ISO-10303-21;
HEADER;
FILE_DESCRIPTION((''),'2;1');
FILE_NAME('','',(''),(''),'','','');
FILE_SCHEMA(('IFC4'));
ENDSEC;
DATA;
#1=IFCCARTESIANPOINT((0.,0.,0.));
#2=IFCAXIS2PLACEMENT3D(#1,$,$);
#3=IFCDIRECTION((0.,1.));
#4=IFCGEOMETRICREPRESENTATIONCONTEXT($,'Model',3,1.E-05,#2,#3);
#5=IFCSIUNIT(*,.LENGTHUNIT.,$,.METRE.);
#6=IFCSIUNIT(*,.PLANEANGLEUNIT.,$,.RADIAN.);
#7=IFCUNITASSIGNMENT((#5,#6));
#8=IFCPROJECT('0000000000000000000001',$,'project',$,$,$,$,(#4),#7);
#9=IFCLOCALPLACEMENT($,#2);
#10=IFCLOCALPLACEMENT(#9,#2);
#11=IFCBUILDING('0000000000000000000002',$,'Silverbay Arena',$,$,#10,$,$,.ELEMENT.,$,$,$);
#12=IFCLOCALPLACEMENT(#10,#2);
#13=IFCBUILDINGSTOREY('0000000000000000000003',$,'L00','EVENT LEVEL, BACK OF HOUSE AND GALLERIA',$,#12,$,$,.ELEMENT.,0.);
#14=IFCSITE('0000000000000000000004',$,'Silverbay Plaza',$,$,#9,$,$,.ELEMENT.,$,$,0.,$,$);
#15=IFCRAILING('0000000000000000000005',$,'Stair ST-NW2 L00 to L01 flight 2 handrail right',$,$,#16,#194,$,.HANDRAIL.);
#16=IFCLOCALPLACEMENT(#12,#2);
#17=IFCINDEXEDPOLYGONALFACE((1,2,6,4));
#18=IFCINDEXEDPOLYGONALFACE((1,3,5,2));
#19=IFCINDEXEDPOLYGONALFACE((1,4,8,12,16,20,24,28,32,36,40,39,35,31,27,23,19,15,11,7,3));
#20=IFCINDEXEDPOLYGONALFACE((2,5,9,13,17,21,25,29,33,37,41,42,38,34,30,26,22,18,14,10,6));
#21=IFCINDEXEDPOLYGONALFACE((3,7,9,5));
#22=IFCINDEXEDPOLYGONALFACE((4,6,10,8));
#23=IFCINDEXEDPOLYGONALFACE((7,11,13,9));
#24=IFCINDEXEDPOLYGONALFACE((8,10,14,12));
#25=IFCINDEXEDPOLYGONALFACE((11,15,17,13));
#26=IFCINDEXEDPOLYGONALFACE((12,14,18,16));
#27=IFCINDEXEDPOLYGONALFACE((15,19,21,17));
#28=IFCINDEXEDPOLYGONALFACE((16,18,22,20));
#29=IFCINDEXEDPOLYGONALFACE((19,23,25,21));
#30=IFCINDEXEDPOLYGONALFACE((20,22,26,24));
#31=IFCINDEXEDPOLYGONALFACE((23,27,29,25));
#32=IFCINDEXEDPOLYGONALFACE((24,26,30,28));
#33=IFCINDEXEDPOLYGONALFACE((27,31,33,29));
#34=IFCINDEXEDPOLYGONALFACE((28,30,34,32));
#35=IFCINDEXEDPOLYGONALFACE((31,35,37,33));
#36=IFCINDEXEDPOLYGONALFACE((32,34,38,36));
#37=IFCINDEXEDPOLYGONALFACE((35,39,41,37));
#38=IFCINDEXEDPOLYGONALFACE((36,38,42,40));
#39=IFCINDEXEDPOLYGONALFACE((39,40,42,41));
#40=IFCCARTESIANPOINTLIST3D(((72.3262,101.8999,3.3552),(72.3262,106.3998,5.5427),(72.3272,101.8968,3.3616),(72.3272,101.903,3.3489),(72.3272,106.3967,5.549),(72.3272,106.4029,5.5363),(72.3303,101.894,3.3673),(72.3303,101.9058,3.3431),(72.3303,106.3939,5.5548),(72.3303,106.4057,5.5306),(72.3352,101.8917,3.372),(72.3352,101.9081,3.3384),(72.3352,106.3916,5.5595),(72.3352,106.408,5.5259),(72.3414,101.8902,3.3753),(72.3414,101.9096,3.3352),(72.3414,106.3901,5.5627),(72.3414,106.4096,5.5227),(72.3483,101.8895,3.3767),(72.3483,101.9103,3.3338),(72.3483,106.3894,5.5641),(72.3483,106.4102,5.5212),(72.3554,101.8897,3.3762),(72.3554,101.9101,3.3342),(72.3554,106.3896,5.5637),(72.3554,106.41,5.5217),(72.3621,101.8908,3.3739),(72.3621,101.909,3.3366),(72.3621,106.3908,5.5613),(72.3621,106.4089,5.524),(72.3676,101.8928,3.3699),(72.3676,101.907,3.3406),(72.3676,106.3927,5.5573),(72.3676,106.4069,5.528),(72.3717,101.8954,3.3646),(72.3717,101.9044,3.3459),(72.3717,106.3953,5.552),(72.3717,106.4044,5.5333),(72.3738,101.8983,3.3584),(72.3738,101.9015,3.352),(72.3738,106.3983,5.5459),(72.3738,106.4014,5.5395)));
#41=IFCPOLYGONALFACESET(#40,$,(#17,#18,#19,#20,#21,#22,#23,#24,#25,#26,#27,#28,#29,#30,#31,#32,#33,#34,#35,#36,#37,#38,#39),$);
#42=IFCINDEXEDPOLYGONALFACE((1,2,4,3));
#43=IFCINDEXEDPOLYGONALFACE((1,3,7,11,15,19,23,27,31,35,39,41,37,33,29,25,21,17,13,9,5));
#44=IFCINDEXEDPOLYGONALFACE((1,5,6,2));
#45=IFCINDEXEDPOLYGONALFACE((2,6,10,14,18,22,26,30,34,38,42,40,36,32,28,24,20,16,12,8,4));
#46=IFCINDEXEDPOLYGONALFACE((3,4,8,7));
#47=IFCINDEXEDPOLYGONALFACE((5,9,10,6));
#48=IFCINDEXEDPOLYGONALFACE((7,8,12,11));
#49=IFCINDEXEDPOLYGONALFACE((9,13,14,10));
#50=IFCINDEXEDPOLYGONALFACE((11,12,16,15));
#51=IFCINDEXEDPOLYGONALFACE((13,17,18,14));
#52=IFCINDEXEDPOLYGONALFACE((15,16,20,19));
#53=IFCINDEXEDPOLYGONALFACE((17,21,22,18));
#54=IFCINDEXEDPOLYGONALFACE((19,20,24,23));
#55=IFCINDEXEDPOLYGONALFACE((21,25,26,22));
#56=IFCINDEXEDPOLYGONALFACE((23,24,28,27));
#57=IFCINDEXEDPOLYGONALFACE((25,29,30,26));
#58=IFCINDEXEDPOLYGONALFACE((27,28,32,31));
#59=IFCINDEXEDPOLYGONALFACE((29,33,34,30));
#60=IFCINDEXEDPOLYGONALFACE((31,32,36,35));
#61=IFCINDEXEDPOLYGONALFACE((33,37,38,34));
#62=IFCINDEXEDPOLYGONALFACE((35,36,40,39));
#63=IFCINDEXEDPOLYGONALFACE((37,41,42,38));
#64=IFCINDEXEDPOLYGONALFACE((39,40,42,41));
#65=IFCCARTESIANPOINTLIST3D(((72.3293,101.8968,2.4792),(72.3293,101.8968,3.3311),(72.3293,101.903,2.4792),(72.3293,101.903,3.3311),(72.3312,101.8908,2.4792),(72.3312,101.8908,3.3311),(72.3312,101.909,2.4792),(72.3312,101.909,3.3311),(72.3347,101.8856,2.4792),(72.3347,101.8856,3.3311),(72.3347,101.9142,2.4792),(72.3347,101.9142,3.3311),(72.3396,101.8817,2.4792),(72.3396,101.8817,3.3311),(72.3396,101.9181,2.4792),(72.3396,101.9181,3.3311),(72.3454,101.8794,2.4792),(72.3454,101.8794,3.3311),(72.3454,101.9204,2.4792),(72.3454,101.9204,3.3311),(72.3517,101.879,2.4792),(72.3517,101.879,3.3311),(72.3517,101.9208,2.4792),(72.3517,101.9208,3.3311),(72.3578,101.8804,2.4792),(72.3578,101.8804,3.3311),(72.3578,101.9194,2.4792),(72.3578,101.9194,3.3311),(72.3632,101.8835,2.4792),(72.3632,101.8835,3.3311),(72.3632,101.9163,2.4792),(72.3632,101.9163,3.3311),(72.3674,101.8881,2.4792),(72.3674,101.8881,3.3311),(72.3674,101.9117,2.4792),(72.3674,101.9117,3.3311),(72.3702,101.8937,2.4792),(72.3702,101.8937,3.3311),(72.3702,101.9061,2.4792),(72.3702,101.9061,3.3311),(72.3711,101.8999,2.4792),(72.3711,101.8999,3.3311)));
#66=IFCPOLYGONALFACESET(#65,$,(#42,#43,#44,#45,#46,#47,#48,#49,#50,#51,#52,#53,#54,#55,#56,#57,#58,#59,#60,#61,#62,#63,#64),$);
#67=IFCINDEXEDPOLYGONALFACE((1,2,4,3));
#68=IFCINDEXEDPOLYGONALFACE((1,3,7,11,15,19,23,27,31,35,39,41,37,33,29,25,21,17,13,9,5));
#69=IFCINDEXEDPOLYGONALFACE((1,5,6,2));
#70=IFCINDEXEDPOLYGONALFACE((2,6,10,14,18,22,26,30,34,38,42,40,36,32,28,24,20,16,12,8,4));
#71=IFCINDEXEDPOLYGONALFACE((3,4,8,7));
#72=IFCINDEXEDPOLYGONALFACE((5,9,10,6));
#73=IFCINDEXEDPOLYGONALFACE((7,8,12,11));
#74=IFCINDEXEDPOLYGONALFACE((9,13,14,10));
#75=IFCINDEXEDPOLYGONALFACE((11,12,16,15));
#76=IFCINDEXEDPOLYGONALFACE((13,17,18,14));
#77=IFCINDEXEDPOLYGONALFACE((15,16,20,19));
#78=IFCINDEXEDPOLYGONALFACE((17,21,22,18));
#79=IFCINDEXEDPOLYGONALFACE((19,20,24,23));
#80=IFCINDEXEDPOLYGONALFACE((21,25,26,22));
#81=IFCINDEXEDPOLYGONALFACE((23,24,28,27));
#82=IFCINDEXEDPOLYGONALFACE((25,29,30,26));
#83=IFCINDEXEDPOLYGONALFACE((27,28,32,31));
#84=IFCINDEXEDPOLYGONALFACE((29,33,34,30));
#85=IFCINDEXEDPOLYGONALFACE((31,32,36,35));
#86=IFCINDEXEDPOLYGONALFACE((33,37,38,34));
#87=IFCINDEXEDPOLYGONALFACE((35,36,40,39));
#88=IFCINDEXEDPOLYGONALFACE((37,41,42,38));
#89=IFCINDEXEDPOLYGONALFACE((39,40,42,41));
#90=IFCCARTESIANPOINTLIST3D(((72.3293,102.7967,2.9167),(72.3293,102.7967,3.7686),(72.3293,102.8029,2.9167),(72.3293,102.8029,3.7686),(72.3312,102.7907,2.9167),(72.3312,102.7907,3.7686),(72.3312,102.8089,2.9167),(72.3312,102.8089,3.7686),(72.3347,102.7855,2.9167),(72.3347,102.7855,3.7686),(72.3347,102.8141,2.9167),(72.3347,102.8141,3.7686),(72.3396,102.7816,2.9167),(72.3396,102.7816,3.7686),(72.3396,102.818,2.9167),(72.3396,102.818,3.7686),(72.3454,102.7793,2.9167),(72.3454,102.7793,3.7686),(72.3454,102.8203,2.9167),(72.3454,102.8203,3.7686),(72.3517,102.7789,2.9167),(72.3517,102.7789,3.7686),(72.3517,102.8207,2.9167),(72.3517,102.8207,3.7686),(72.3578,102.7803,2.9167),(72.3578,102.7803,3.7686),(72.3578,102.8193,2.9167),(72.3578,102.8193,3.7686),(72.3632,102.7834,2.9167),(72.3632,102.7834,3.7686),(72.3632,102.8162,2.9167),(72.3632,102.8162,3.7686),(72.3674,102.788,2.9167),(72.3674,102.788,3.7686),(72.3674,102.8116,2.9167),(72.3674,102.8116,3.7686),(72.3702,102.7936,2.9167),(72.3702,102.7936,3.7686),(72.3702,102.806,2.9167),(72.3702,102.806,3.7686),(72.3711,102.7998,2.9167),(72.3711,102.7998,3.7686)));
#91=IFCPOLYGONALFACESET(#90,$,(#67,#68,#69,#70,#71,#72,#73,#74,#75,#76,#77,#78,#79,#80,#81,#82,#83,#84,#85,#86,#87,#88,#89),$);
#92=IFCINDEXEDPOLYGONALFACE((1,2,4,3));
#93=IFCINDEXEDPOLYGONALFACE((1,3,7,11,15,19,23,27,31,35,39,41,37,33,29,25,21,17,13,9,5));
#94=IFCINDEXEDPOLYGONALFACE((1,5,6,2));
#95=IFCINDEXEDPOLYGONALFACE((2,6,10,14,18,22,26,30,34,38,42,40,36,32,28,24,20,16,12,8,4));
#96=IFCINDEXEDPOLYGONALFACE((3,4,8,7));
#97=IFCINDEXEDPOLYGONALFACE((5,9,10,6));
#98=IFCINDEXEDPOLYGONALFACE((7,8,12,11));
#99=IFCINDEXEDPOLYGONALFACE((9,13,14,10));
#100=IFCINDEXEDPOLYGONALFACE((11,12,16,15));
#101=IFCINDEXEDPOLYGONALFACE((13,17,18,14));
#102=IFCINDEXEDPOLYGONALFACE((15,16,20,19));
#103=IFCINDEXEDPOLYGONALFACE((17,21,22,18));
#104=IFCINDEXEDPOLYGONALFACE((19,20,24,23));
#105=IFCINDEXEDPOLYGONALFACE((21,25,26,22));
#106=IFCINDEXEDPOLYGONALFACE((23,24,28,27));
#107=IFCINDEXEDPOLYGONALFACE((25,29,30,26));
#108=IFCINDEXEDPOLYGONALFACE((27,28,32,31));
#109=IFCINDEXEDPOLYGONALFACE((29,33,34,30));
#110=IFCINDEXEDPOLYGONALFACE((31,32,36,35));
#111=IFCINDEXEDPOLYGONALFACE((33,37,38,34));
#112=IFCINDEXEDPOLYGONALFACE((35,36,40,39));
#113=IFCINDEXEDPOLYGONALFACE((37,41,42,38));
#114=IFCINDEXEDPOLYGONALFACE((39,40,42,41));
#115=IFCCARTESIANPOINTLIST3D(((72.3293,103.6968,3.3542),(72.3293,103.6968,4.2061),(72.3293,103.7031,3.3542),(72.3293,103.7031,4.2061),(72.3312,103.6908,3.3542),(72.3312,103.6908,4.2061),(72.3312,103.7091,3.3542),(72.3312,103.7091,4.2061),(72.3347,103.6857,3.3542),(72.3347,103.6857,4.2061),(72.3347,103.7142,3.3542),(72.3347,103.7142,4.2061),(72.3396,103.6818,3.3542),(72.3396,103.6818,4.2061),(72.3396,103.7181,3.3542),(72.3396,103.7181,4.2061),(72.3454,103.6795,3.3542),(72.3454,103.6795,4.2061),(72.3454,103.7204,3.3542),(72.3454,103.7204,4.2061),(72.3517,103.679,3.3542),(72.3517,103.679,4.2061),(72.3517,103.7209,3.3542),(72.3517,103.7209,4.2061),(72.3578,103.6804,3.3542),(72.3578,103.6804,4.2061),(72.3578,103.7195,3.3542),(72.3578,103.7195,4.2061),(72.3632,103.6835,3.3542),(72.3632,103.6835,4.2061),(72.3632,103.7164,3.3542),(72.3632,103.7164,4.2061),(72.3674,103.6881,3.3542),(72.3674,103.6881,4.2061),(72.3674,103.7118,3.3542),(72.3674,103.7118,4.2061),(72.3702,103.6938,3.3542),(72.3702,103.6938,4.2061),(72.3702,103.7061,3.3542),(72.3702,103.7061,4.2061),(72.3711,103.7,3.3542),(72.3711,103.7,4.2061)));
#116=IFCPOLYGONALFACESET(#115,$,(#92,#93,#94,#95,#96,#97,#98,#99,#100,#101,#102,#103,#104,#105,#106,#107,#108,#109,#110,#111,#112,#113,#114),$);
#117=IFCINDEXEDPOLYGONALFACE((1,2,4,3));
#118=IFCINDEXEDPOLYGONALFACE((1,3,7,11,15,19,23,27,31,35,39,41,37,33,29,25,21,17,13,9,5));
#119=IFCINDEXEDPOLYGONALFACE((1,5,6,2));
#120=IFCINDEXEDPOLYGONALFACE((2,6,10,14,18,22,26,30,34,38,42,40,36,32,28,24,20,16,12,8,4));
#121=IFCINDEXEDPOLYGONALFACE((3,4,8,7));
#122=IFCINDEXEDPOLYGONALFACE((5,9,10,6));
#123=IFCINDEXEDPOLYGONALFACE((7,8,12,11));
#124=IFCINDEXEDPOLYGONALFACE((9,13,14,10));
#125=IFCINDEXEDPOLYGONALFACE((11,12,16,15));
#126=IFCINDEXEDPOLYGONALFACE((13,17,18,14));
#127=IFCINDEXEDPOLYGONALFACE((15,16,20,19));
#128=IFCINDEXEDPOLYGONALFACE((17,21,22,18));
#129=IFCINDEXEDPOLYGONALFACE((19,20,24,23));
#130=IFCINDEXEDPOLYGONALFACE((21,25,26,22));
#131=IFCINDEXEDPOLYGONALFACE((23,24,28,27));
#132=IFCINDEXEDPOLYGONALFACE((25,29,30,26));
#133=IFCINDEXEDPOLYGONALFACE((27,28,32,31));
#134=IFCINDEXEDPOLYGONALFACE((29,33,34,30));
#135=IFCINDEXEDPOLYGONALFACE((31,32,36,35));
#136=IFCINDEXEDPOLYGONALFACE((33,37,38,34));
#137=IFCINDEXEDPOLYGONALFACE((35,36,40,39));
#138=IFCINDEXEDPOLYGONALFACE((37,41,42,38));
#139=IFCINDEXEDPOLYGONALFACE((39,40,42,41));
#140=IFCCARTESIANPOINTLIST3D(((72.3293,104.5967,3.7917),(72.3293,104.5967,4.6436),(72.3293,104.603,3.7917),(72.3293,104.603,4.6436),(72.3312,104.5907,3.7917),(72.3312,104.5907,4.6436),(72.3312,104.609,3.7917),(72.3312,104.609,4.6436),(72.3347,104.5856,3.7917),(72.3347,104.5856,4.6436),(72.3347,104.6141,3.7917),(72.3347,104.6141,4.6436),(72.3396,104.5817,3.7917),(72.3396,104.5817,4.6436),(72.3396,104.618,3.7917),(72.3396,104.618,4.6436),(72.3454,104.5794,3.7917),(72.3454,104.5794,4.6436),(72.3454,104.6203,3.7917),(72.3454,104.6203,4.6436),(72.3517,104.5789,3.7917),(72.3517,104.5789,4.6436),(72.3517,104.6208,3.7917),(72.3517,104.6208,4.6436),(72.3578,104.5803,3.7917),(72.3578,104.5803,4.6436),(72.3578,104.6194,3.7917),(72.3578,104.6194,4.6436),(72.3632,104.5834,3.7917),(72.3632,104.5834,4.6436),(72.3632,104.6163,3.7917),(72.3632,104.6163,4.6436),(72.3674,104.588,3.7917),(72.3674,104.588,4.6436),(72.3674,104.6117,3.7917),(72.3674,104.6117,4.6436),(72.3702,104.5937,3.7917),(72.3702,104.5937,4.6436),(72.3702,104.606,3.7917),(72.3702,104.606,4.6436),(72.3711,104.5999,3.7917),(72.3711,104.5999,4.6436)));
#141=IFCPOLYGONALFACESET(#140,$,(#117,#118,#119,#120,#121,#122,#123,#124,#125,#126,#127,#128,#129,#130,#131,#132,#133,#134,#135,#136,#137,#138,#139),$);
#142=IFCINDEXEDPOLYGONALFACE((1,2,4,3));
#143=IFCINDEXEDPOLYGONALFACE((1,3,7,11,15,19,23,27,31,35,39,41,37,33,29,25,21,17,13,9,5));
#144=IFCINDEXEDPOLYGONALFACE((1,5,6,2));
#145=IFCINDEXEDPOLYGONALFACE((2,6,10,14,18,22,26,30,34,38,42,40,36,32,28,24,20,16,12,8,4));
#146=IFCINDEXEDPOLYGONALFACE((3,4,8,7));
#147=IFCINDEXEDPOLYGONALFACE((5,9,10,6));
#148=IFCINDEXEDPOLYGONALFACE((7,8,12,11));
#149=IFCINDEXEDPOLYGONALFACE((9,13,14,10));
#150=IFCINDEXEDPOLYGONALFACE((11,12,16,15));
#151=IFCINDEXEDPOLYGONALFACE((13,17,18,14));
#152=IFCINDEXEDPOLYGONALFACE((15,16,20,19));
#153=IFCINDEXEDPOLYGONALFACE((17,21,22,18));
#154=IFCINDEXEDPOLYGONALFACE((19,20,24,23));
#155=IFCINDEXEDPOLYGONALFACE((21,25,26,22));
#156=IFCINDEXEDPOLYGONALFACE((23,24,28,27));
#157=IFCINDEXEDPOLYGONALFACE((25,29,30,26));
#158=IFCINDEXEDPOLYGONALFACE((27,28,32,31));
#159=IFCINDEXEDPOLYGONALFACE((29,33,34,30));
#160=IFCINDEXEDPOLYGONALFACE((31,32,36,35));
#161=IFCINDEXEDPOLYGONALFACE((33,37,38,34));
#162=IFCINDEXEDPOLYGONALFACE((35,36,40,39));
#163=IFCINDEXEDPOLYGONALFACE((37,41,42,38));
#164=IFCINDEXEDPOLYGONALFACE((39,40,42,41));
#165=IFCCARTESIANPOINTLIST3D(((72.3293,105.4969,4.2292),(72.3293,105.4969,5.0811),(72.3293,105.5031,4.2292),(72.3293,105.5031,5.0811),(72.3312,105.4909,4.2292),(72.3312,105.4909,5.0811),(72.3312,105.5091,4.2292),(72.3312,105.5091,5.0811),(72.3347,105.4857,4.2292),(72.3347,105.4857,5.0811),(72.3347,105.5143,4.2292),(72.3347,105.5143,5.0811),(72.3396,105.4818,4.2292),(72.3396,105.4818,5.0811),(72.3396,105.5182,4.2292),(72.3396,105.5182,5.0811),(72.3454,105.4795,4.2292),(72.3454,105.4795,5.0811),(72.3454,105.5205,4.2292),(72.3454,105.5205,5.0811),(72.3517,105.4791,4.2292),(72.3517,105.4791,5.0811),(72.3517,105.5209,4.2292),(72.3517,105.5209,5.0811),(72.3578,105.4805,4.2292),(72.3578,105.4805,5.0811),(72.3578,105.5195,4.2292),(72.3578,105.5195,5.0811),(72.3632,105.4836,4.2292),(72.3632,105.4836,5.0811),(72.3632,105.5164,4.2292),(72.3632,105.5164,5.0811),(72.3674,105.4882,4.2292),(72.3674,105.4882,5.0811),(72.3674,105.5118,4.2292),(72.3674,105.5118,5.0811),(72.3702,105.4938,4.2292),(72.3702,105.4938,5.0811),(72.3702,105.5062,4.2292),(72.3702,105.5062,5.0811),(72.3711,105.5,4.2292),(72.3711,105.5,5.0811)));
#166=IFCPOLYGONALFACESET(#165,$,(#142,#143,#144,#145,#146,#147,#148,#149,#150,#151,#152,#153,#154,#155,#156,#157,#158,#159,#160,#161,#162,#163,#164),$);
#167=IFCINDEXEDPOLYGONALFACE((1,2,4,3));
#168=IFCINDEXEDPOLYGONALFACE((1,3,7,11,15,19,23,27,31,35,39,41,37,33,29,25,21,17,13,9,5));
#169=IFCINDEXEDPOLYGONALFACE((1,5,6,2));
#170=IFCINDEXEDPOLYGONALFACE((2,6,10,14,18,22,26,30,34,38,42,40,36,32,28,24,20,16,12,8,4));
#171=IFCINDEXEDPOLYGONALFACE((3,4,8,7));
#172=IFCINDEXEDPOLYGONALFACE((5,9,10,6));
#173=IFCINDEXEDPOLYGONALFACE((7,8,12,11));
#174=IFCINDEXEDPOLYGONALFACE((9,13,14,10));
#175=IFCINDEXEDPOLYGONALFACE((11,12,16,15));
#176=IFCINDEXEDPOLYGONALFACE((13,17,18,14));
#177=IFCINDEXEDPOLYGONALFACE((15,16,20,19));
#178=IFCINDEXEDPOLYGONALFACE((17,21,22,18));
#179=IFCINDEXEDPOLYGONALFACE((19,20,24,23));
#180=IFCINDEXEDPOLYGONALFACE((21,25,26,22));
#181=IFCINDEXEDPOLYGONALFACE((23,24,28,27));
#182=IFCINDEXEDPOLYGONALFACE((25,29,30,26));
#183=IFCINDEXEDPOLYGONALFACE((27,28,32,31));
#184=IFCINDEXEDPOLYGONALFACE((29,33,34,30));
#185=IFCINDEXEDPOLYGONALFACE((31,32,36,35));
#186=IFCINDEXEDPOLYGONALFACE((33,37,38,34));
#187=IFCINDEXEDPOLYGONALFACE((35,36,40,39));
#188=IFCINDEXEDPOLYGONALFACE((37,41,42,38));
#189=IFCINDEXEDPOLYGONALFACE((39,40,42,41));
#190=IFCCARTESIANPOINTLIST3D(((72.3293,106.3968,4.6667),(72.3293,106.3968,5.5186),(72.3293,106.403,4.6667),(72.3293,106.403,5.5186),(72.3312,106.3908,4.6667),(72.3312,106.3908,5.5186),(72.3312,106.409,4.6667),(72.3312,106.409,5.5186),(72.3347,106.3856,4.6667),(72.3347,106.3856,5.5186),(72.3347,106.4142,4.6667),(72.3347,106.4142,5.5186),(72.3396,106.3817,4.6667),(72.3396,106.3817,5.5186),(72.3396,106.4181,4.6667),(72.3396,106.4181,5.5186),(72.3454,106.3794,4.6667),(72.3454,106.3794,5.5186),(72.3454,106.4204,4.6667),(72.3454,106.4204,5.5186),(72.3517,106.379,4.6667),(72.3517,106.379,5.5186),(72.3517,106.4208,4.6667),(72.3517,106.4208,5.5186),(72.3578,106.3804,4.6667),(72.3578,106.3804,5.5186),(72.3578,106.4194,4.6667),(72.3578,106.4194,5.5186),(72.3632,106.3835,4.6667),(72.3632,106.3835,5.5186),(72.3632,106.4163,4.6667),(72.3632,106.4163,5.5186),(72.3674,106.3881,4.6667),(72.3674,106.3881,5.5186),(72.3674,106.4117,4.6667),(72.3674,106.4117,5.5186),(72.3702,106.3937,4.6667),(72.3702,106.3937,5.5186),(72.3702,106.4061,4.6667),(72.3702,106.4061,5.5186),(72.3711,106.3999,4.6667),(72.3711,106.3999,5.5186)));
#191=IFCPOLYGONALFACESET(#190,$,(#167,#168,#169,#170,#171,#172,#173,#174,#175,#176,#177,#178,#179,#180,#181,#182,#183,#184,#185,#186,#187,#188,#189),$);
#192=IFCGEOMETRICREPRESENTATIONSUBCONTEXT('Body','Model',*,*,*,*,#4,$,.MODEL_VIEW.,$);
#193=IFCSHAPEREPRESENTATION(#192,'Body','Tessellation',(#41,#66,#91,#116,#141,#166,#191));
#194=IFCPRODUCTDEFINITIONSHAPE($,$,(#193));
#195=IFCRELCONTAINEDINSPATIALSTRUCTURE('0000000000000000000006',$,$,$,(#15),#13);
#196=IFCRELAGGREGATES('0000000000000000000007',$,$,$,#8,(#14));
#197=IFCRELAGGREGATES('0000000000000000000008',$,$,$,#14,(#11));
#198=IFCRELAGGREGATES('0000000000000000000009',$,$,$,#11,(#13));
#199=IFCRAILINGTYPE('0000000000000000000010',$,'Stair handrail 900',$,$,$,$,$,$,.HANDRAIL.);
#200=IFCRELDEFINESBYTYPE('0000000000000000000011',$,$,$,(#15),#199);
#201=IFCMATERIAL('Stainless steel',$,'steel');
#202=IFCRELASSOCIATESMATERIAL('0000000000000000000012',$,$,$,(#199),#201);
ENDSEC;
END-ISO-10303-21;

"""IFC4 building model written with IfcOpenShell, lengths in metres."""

from ifc_helpers import new_model, si_unit, direction, frame, origin, origin_2d, place, context, subcontext, project, spatial, circle, extrude, material, type_object, element, save


model = new_model("IFC4")

# Units and contexts
model_context = context("Model", 3, precision=1e-05, world=origin(), true_north=direction((0.0, 1.0)))
body_context = subcontext(model_context, "Body", "Model", "MODEL_VIEW")
ifc_project = project(units=[si_unit("LENGTHUNIT", "METRE"), si_unit("PLANEANGLEUNIT", "RADIAN")], contexts=[model_context])

# Site, building, storey
site_placement = place(None, origin())
site = spatial("IfcSite", under=ifc_project, at=site_placement, Name="Silverbay Plaza", CompositionType="ELEMENT", RefElevation=0.0)
building_placement = place(site_placement, origin())
building = spatial("IfcBuilding", under=site, at=building_placement, Name="Silverbay Arena", CompositionType="ELEMENT")
storey_placement = place(building_placement, origin())
storey = spatial("IfcBuildingStorey", under=building, at=storey_placement, Name="L00", Description="EVENT LEVEL, BACK OF HOUSE AND GALLERIA", CompositionType="ELEMENT", Elevation=0.0)

# Railing
ifc_material_1 = material(Name="Stainless steel", Category="steel")
railing_type_1 = type_object("IfcRailingType", Name="Stair handrail 900", PredefinedType="HANDRAIL", material=ifc_material_1)
for number, where, name in (
    (1, (72.3501, 101.8999, 2.4792), "Stair ST-NW2 L00 to L01 flight 2 handrail right"),
):
    element("IfcRailing", number, at=place(storey_placement, frame(where)), inside=storey, type_object=railing_type_1, Name=name, PredefinedType="HANDRAIL", context=body_context, shape_type="SweptSolid", body=[
        extrude(circle(Radius=0.0239, at=origin_2d()), frame((0.0, 0.0, 0.876), z_axis=(0.0, 0.899368, 0.437193), x_axis=(-1.0, 0.0, 0.0)), (0.0, 0.0, 1.0), 5.0034),
        extrude(circle(Radius=0.021, at=origin_2d()), origin(), (0.0, 0.0, 1.0), 0.8518),
        extrude(circle(Radius=0.021, at=origin_2d()), frame((0.0, 0.8999, 0.4375)), (0.0, 0.0, 1.0), 0.8518),
        extrude(circle(Radius=0.021, at=origin_2d()), frame((0.0, 1.8, 0.875)), (0.0, 0.0, 1.0), 0.8518),
        extrude(circle(Radius=0.021, at=origin_2d()), frame((0.0, 2.7, 1.3125)), (0.0, 0.0, 1.0), 0.8518),
        extrude(circle(Radius=0.021, at=origin_2d()), frame((0.0, 3.6001, 1.75)), (0.0, 0.0, 1.0), 0.8518),
        extrude(circle(Radius=0.021, at=origin_2d()), frame((0.0, 4.5, 2.1875)), (0.0, 0.0, 1.0), 0.8518),
    ])

save(model, "model.ifc")
